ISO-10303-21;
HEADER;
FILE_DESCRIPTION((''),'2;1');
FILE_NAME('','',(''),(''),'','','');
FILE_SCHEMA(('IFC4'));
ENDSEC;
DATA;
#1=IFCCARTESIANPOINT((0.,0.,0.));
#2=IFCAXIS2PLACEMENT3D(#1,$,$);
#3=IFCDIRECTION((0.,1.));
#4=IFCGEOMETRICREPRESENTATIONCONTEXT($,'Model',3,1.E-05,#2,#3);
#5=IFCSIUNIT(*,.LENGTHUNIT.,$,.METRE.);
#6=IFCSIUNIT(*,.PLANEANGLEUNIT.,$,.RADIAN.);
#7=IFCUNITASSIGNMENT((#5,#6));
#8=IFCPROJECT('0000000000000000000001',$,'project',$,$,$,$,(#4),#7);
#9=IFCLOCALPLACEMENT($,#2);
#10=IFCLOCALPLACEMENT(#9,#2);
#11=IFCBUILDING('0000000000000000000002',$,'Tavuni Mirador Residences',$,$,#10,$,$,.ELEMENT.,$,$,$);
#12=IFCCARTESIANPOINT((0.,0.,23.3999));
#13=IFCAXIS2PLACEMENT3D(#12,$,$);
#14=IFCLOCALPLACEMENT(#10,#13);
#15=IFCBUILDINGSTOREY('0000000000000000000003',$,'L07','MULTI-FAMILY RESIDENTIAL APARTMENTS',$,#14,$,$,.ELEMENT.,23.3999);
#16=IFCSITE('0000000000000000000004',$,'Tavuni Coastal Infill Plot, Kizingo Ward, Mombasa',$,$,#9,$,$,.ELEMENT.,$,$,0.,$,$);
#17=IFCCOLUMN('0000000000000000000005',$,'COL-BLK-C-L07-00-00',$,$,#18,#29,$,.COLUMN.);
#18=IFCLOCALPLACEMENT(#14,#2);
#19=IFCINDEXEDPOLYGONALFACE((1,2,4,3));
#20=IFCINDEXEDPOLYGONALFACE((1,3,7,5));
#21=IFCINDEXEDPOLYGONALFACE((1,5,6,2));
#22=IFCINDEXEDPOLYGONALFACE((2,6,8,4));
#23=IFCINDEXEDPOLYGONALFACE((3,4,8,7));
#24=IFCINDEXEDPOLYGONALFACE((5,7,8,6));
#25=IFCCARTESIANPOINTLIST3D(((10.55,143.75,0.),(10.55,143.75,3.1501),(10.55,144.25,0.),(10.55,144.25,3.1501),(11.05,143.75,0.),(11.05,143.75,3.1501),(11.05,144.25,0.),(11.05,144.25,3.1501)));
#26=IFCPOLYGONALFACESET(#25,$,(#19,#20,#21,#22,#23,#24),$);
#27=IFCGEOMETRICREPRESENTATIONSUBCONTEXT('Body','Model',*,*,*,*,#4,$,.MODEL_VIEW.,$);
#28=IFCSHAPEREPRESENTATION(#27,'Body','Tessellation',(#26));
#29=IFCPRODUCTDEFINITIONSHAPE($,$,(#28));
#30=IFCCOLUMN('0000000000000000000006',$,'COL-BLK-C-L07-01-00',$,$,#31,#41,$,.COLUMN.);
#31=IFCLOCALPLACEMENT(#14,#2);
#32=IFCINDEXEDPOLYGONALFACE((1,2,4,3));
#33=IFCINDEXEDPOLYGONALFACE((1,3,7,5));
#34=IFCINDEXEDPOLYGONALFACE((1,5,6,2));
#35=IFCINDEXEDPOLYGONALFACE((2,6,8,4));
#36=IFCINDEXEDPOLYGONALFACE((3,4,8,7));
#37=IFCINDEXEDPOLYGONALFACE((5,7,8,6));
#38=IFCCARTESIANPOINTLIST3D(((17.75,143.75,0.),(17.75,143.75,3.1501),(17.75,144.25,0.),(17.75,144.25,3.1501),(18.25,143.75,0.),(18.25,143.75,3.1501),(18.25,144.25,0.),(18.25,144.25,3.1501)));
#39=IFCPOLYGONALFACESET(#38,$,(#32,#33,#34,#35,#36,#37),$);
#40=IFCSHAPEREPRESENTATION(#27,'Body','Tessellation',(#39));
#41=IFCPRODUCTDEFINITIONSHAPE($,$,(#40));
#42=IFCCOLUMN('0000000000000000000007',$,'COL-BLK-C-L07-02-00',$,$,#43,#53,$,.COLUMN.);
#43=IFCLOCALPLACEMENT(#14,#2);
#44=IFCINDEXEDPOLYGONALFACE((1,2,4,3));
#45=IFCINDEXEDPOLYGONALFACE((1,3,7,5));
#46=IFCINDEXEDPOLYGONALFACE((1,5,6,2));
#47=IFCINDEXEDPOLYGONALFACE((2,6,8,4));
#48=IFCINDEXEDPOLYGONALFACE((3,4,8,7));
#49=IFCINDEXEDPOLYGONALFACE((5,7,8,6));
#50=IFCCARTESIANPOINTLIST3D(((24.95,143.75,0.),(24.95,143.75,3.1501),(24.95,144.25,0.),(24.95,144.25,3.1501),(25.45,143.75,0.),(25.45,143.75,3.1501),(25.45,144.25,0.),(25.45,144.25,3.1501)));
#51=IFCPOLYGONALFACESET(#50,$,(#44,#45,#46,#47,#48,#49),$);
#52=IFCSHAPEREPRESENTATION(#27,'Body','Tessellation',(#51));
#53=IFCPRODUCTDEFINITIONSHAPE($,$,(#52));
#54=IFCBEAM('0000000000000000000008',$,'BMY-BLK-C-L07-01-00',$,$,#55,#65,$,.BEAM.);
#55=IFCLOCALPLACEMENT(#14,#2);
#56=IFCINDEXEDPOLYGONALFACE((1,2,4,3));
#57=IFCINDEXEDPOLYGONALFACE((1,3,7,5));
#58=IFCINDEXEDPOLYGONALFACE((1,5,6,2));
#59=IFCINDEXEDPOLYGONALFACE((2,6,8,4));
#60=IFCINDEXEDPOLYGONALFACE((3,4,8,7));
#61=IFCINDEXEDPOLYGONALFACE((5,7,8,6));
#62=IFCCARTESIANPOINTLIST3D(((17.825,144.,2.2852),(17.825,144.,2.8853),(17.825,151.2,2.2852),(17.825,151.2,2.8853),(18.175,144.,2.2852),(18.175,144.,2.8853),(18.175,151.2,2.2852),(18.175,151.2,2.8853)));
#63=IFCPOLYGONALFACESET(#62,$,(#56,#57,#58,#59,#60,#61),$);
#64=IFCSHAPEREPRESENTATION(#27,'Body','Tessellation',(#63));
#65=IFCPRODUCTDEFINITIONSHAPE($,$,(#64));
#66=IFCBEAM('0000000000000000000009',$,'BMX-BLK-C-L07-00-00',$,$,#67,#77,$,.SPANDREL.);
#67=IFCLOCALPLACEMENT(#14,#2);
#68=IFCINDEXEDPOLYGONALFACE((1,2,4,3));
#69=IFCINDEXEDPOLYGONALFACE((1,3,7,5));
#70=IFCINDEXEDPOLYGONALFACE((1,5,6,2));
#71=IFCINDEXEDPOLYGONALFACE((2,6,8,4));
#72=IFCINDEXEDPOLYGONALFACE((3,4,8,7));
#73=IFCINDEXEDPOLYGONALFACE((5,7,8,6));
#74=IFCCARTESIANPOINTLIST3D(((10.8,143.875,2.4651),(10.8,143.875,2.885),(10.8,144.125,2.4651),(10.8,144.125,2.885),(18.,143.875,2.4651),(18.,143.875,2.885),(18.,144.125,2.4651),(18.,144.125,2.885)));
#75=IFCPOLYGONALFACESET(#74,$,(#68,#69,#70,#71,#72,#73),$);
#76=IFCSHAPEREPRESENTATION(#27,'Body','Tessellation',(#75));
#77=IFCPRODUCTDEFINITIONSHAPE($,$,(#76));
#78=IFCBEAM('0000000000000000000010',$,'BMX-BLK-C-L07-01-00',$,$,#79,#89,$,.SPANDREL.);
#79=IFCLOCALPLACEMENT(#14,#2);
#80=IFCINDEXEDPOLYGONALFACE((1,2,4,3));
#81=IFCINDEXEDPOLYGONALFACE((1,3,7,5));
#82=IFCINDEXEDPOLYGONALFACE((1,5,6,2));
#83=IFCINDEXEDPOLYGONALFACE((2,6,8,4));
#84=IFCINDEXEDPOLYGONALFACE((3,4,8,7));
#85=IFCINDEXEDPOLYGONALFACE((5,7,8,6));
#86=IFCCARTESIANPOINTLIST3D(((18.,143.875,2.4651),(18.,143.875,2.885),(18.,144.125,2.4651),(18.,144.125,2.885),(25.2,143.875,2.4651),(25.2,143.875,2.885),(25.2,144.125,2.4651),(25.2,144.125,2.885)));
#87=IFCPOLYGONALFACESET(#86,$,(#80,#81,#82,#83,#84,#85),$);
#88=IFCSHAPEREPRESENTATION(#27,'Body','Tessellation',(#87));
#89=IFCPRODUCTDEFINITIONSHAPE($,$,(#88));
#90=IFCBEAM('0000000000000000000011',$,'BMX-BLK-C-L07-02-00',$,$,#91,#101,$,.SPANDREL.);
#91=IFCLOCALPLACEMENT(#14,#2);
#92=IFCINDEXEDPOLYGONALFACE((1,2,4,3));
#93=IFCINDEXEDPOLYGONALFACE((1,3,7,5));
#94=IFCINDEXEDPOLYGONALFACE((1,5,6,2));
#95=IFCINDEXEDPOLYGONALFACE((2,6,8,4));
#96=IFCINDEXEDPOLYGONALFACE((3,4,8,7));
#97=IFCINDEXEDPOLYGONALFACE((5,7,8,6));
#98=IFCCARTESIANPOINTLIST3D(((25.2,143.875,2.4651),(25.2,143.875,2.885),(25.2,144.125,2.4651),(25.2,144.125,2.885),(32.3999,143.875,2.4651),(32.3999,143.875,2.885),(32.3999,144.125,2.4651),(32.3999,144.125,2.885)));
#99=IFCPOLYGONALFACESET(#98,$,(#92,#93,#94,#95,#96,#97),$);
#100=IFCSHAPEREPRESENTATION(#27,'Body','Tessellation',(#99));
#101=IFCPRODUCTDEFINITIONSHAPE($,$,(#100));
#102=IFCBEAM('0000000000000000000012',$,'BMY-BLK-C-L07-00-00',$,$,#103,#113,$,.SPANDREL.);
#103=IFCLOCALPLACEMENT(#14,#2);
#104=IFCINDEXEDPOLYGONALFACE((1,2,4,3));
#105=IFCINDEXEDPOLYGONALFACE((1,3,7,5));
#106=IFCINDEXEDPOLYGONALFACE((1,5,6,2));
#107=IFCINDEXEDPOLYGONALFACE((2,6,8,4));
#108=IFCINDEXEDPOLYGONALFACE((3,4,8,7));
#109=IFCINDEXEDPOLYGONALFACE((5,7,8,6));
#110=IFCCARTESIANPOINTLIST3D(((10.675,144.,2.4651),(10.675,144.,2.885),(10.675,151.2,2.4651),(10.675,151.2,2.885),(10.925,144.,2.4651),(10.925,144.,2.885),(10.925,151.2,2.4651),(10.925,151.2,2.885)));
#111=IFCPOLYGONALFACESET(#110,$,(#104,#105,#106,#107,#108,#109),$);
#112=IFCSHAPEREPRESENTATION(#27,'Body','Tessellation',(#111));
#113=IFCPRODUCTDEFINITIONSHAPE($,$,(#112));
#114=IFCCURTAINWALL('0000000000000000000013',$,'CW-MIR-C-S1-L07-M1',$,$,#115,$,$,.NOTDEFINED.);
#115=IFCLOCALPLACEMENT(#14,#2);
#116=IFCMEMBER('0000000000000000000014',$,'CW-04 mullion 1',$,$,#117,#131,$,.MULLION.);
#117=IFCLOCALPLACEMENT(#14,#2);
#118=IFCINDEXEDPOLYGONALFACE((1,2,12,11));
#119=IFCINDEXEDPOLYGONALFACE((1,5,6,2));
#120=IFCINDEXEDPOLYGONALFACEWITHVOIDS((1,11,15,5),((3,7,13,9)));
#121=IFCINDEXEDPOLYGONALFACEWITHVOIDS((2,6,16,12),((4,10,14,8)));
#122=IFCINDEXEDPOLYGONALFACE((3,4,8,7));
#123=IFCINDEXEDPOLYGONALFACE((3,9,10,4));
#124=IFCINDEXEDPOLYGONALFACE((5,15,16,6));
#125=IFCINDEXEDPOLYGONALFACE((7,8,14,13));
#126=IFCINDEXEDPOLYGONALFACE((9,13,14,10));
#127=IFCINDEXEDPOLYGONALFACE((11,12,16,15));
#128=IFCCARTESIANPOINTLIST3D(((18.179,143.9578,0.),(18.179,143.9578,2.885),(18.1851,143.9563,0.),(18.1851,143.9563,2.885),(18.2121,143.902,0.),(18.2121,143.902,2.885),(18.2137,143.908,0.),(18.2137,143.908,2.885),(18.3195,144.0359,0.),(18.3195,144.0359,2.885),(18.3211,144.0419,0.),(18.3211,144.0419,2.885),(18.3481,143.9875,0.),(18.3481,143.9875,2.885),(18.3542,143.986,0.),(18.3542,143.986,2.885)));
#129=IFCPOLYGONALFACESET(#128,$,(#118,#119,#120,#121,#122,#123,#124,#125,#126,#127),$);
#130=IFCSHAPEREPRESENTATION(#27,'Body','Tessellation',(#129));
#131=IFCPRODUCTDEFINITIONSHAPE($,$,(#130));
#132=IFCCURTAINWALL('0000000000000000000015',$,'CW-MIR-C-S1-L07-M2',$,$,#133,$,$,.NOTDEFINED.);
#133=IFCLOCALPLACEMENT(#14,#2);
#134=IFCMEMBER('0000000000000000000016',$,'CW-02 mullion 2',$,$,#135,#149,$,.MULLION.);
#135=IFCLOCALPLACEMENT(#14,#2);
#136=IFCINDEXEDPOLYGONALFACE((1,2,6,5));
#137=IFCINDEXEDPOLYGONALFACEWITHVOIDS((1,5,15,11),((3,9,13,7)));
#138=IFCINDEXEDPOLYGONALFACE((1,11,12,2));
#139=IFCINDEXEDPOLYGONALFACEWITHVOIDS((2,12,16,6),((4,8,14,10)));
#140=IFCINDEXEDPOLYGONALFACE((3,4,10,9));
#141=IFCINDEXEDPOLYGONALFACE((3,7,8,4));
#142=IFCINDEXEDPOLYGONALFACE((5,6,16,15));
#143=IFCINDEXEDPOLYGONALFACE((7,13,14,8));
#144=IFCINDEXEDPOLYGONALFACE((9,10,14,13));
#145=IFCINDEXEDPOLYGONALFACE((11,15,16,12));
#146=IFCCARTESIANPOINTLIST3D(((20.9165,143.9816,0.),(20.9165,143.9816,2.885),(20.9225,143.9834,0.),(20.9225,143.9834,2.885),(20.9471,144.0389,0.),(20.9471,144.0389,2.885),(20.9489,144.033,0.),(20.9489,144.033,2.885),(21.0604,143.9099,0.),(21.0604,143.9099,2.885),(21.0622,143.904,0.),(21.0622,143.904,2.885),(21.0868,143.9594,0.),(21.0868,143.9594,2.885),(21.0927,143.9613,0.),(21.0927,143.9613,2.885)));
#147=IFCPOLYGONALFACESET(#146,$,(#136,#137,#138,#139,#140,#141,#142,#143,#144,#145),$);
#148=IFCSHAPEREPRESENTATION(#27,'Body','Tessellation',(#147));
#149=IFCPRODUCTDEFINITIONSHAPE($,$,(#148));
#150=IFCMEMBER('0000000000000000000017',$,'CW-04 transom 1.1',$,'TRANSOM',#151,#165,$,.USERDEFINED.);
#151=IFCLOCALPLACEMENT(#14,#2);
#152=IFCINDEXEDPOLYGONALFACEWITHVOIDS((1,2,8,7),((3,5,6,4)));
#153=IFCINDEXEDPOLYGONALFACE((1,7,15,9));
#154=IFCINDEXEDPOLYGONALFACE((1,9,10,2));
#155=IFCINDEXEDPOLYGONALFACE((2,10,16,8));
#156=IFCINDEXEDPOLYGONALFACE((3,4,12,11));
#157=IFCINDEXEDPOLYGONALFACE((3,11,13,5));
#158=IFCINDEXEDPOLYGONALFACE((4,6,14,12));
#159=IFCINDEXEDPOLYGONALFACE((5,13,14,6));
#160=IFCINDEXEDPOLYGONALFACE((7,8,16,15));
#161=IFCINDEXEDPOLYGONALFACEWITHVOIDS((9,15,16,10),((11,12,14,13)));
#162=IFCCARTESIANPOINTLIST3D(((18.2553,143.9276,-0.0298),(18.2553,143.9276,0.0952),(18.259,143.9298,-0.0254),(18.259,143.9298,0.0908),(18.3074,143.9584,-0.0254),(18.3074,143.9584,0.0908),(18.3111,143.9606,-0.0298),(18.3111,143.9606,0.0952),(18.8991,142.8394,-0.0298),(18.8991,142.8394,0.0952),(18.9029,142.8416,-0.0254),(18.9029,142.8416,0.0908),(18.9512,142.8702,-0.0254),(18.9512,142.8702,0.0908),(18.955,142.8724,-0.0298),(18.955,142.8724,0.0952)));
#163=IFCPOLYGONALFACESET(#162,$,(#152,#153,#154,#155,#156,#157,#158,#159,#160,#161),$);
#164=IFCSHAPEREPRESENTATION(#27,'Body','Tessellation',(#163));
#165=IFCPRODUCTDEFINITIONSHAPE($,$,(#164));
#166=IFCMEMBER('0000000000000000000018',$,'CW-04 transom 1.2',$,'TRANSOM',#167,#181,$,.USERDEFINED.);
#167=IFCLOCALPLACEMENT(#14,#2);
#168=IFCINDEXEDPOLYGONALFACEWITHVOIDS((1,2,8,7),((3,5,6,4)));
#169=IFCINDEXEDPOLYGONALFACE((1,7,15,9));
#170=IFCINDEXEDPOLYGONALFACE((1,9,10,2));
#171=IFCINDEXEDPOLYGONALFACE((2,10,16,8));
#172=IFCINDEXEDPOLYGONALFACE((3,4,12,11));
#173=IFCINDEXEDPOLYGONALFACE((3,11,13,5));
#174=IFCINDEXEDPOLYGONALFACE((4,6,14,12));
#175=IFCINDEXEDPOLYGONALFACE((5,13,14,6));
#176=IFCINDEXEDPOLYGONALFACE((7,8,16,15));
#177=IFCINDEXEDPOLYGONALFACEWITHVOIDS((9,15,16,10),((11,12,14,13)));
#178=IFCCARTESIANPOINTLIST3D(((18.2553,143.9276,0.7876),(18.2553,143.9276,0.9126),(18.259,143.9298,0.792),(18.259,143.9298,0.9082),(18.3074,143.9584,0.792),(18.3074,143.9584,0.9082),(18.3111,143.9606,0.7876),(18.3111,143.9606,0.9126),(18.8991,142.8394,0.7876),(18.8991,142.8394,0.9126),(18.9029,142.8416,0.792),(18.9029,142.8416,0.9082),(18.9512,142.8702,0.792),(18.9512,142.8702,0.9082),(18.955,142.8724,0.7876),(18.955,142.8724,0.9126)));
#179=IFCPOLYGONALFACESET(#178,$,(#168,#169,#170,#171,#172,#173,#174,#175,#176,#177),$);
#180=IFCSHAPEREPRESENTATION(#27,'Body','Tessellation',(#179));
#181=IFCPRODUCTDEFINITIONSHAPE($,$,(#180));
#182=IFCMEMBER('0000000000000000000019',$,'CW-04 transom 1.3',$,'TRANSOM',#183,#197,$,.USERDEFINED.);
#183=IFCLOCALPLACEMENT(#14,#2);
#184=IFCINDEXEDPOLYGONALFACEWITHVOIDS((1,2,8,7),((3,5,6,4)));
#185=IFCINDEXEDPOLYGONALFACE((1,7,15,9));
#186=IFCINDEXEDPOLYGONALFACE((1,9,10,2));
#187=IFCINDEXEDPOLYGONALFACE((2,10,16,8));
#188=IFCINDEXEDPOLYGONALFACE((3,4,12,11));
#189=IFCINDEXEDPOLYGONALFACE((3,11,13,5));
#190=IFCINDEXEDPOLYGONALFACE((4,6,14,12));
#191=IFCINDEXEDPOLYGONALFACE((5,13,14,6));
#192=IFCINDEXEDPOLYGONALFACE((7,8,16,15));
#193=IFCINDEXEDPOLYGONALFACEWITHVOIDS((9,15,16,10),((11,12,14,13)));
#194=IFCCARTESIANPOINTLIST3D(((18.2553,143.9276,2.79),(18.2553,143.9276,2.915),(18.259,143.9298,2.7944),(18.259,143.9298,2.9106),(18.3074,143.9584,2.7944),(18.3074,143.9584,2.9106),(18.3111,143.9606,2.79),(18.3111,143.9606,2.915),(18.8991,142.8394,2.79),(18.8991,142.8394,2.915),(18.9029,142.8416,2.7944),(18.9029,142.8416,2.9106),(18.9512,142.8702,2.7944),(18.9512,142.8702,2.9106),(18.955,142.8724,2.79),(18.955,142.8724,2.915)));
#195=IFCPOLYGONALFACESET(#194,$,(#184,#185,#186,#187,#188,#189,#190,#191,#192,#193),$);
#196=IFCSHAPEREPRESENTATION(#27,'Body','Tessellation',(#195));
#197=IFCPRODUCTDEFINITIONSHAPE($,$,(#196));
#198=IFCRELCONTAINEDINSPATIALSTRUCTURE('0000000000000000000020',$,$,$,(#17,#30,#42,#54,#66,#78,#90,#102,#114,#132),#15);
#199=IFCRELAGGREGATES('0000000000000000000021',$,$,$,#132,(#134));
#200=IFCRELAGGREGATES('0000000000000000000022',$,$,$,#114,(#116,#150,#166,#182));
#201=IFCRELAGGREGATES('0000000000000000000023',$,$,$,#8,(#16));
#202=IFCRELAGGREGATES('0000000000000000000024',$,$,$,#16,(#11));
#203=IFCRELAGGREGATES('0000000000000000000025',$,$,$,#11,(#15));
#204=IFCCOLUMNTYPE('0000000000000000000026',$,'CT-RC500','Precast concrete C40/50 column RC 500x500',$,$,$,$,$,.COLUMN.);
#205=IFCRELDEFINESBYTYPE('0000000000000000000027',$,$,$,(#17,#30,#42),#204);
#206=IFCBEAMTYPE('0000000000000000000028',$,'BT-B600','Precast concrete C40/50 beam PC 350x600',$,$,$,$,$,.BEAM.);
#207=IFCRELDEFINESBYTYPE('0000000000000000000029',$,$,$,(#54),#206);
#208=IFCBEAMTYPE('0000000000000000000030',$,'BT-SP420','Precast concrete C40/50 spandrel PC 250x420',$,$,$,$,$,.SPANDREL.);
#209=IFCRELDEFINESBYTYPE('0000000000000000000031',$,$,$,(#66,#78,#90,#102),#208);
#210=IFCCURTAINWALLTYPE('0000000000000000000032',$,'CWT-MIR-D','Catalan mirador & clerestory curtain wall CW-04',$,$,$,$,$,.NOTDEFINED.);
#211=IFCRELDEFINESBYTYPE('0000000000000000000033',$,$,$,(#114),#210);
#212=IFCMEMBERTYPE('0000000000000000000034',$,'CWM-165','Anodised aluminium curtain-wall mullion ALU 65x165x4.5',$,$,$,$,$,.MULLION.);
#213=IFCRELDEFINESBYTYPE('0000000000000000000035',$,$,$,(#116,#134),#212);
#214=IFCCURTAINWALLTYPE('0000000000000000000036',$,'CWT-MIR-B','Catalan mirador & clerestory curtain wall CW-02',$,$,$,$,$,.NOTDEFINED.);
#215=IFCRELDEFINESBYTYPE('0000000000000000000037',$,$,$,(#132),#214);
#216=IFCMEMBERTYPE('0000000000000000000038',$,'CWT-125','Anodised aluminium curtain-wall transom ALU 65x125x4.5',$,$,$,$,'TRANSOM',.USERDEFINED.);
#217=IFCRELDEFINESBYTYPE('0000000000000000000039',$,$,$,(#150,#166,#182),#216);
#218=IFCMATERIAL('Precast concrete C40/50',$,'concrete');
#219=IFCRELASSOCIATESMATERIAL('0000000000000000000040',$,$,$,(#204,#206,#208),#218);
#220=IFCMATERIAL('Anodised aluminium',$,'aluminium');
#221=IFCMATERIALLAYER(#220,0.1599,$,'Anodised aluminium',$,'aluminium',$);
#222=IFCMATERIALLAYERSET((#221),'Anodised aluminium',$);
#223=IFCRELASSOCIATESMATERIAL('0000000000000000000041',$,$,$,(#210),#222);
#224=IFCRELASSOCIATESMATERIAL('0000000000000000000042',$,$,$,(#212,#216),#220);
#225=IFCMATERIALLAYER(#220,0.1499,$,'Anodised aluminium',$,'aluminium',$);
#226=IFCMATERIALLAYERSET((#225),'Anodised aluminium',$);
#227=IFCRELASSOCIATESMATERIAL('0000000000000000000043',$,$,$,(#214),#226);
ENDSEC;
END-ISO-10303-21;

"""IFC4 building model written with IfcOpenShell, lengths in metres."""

from ifc_helpers import new_model, si_unit, direction, frame, origin, origin_2d, place, context, subcontext, project, spatial, rectangle, hollow_rectangle, extrude, material, layer, layer_set, material_profile, profile_set, type_object, element, aggregate, save


model = new_model("IFC4")

# Units and contexts
model_context = context("Model", 3, precision=1e-05, world=origin(), true_north=direction((0.0, 1.0)))
body_context = subcontext(model_context, "Body", "Model", "MODEL_VIEW")
ifc_project = project(units=[si_unit("LENGTHUNIT", "METRE"), si_unit("PLANEANGLEUNIT", "RADIAN")], contexts=[model_context])

# Site, building, storey
site_placement = place(None, origin())
site = spatial("IfcSite", under=ifc_project, at=site_placement, Name="Tavuni Coastal Infill Plot, Kizingo Ward, Mombasa", CompositionType="ELEMENT", RefElevation=0.0)
building_placement = place(site_placement, origin())
building = spatial("IfcBuilding", under=site, at=building_placement, Name="Tavuni Mirador Residences", CompositionType="ELEMENT")
storey_placement = place(building_placement, frame((0.0, 0.0, 23.3999)))
storey = spatial("IfcBuildingStorey", under=building, at=storey_placement, Name="L07", Description="MULTI-FAMILY RESIDENTIAL APARTMENTS", CompositionType="ELEMENT", Elevation=23.3999)

# Columns
ifc_material_1 = material(Name="Precast concrete C40/50", Category="concrete")
ifc_material_profile_1 = material_profile(ifc_material_1, rectangle(XDim=0.5, YDim=0.5, at=origin_2d()), Name="RC 500x500", Category="concrete")
ifc_profile_set_1 = profile_set([ifc_material_profile_1], Name="Precast concrete C40/50")
column_type = type_object("IfcColumnType", Name="CT-RC500", Description="Precast concrete C40/50 column RC 500x500", PredefinedType="COLUMN", material=ifc_profile_set_1)
for number, where, z_axis, x_axis, name in (
    (1, (10.8, 144.0, 0.0), (0.0, 0.0, 1.0), (1.0, 0.0, 0.0), "COL-BLK-C-L07-00-00"),
    (2, (18.0, 144.0, 0.0), (0.0, 0.0, 1.0), (1.0, 0.0, 0.0), "COL-BLK-C-L07-01-00"),
    (3, (25.2, 144.0, 0.0), (0.0, 0.0, 1.0), (1.0, 0.0, 0.0), "COL-BLK-C-L07-02-00"),
):
    element("IfcColumn", number, at=place(storey_placement, frame(where, z_axis=z_axis, x_axis=x_axis)), inside=storey, type_object=column_type, Name=name, PredefinedType="COLUMN", context=body_context, shape_type="SweptSolid", body=[
        extrude(rectangle(XDim=0.5, YDim=0.5, at=origin_2d()), origin(), (0.0, 0.0, 1.0), 3.1501),
    ])

# Beams
ifc_material_profile_2 = material_profile(ifc_material_1, rectangle(XDim=0.3501, YDim=0.6001, at=origin_2d()), Name="PC 350x600", Category="concrete")
ifc_profile_set_2 = profile_set([ifc_material_profile_2], Name="Precast concrete C40/50")
beam_type_1 = type_object("IfcBeamType", Name="BT-B600", Description="Precast concrete C40/50 beam PC 350x600", PredefinedType="BEAM", material=ifc_profile_set_2)
beam_placement = place(storey_placement, frame((18.0, 144.0, 2.5852), z_axis=(0.0, 1.0, 0.0), x_axis=(-1.0, 0.0, 0.0)))
element("IfcBeam", 4, at=beam_placement, inside=storey, type_object=beam_type_1, Name="BMY-BLK-C-L07-01-00", PredefinedType="BEAM", context=body_context, shape_type="SweptSolid", body=[
    extrude(rectangle(XDim=0.3501, YDim=0.6001, at=origin_2d()), origin(), (0.0, 0.0, 1.0), 7.2),
])
ifc_material_profile_3 = material_profile(ifc_material_1, rectangle(XDim=0.25, YDim=0.4199, at=origin_2d()), Name="PC 250x420", Category="concrete")
ifc_profile_set_3 = profile_set([ifc_material_profile_3], Name="Precast concrete C40/50")
beam_type_2 = type_object("IfcBeamType", Name="BT-SP420", Description="Precast concrete C40/50 spandrel PC 250x420", PredefinedType="SPANDREL", material=ifc_profile_set_3)
for number, where, z_axis, x_axis, name in (
    (5, (10.8, 144.0, 2.675), (1.0, 0.0, 0.0), (0.0, 1.0, 0.0), "BMX-BLK-C-L07-00-00"),
    (6, (18.0, 144.0, 2.675), (1.0, 0.0, 0.0), (0.0, 1.0, 0.0), "BMX-BLK-C-L07-01-00"),
    (7, (25.2, 144.0, 2.675), (1.0, 0.0, 0.0), (0.0, 1.0, 0.0), "BMX-BLK-C-L07-02-00"),
    (8, (10.8, 144.0, 2.675), (0.0, 1.0, 0.0), (-1.0, 0.0, 0.0), "BMY-BLK-C-L07-00-00"),
):
    element("IfcBeam", number, at=place(storey_placement, frame(where, z_axis=z_axis, x_axis=x_axis)), inside=storey, type_object=beam_type_2, Name=name, PredefinedType="SPANDREL", context=body_context, shape_type="SweptSolid", body=[
        extrude(rectangle(XDim=0.25, YDim=0.4199, at=origin_2d()), origin(), (0.0, 0.0, 1.0), 7.2),
    ])

# Curtain walls, members
ifc_material_2 = material(Name="Anodised aluminium", Category="aluminium")
ifc_layer_1 = layer(ifc_material_2, 0.1599, Name="Anodised aluminium", Category="aluminium")
ifc_layer_set_1 = layer_set([ifc_layer_1], Name="Anodised aluminium")
curtain_wall_type_1 = type_object("IfcCurtainWallType", Name="CWT-MIR-D", Description="Catalan mirador & clerestory curtain wall CW-04", PredefinedType="NOTDEFINED", material=ifc_layer_set_1)
curtain_wall_1_placement = place(storey_placement, origin())
curtain_wall_1 = element("IfcCurtainWall", 9, at=curtain_wall_1_placement, inside=storey, type_object=curtain_wall_type_1, Name="CW-MIR-C-S1-L07-M1", PredefinedType="NOTDEFINED")
ifc_material_profile_4 = material_profile(ifc_material_2, hollow_rectangle(XDim=0.0649, YDim=0.165, WallThickness=0.0044, at=origin_2d()), Name="ALU 65x165x4.5", Category="aluminium")
ifc_profile_set_4 = profile_set([ifc_material_profile_4], Name="Anodised aluminium")
member_type_1 = type_object("IfcMemberType", Name="CWM-165", Description="Anodised aluminium curtain-wall mullion ALU 65x165x4.5", PredefinedType="MULLION", material=ifc_profile_set_4)
member_1_placement = place(storey_placement, frame((18.2666, 143.9719, 0.0), z_axis=(0.0, 0.0, 1.0), x_axis=(0.509212, -0.860641, 0.0)))
member_1 = element("IfcMember", 10, at=member_1_placement, type_object=member_type_1, Name="CW-04 mullion 1", PredefinedType="MULLION", context=body_context, shape_type="SweptSolid", body=[
    extrude(hollow_rectangle(XDim=0.0649, YDim=0.165, WallThickness=0.0044, at=origin_2d()), origin(), (0.0, 0.0, 1.0), 2.885),
])
ifc_layer_2 = layer(ifc_material_2, 0.1499, Name="Anodised aluminium", Category="aluminium")
ifc_layer_set_2 = layer_set([ifc_layer_2], Name="Anodised aluminium")
curtain_wall_type_2 = type_object("IfcCurtainWallType", Name="CWT-MIR-B", Description="Catalan mirador & clerestory curtain wall CW-02", PredefinedType="NOTDEFINED", material=ifc_layer_set_2)
curtain_wall_2_placement = place(storey_placement, origin())
curtain_wall_2 = element("IfcCurtainWall", 11, at=curtain_wall_2_placement, inside=storey, type_object=curtain_wall_type_2, Name="CW-MIR-C-S1-L07-M2", PredefinedType="NOTDEFINED")
member_2_placement = place(storey_placement, frame((21.0046, 143.9714, 0.0), z_axis=(0.0, 0.0, 1.0), x_axis=(0.470588, 0.882353, 0.0)))
member_2 = element("IfcMember", 12, at=member_2_placement, type_object=member_type_1, Name="CW-02 mullion 2", PredefinedType="MULLION", context=body_context, shape_type="SweptSolid", body=[
    extrude(hollow_rectangle(XDim=0.0649, YDim=0.165, WallThickness=0.0044, at=origin_2d()), origin(), (0.0, 0.0, 1.0), 2.885),
])
aggregate(curtain_wall_2, [member_2])

# Members
ifc_material_profile_5 = material_profile(ifc_material_2, hollow_rectangle(XDim=0.0649, YDim=0.125, WallThickness=0.0044, at=origin_2d()), Name="ALU 65x125x4.5", Category="aluminium")
ifc_profile_set_5 = profile_set([ifc_material_profile_5], Name="Anodised aluminium")
member_type_2 = type_object("IfcMemberType", Name="CWT-125", Description="Anodised aluminium curtain-wall transom ALU 65x125x4.5", ElementType="TRANSOM", PredefinedType="USERDEFINED", material=ifc_profile_set_5)
member_3_placement = place(storey_placement, frame((18.2832, 143.9441, 0.0327), z_axis=(0.509204, -0.860646, 0.0), x_axis=(0.860646, 0.509204, 0.0)))
member_3 = element("IfcMember", 13, at=member_3_placement, type_object=member_type_2, Name="CW-04 transom 1.1", ObjectType="TRANSOM", PredefinedType="USERDEFINED", context=body_context, shape_type="SweptSolid", body=[
    extrude(hollow_rectangle(XDim=0.0649, YDim=0.125, WallThickness=0.0044, at=origin_2d()), origin(), (0.0, 0.0, 1.0), 1.2644),
])
member_4_placement = place(storey_placement, frame((18.2832, 143.9441, 0.8501), z_axis=(0.509204, -0.860646, 0.0), x_axis=(0.860646, 0.509204, 0.0)))
member_4 = element("IfcMember", 14, at=member_4_placement, type_object=member_type_2, Name="CW-04 transom 1.2", ObjectType="TRANSOM", PredefinedType="USERDEFINED", context=body_context, shape_type="SweptSolid", body=[
    extrude(hollow_rectangle(XDim=0.0649, YDim=0.125, WallThickness=0.0044, at=origin_2d()), origin(), (0.0, 0.0, 1.0), 1.2644),
])
member_5_placement = place(storey_placement, frame((18.2832, 143.9441, 2.8525), z_axis=(0.509204, -0.860646, 0.0), x_axis=(0.860646, 0.509204, 0.0)))
member_5 = element("IfcMember", 15, at=member_5_placement, type_object=member_type_2, Name="CW-04 transom 1.3", ObjectType="TRANSOM", PredefinedType="USERDEFINED", context=body_context, shape_type="SweptSolid", body=[
    extrude(hollow_rectangle(XDim=0.0649, YDim=0.125, WallThickness=0.0044, at=origin_2d()), origin(), (0.0, 0.0, 1.0), 1.2644),
])
aggregate(curtain_wall_1, [member_1, member_3, member_4, member_5])

save(model, "model.ifc")
